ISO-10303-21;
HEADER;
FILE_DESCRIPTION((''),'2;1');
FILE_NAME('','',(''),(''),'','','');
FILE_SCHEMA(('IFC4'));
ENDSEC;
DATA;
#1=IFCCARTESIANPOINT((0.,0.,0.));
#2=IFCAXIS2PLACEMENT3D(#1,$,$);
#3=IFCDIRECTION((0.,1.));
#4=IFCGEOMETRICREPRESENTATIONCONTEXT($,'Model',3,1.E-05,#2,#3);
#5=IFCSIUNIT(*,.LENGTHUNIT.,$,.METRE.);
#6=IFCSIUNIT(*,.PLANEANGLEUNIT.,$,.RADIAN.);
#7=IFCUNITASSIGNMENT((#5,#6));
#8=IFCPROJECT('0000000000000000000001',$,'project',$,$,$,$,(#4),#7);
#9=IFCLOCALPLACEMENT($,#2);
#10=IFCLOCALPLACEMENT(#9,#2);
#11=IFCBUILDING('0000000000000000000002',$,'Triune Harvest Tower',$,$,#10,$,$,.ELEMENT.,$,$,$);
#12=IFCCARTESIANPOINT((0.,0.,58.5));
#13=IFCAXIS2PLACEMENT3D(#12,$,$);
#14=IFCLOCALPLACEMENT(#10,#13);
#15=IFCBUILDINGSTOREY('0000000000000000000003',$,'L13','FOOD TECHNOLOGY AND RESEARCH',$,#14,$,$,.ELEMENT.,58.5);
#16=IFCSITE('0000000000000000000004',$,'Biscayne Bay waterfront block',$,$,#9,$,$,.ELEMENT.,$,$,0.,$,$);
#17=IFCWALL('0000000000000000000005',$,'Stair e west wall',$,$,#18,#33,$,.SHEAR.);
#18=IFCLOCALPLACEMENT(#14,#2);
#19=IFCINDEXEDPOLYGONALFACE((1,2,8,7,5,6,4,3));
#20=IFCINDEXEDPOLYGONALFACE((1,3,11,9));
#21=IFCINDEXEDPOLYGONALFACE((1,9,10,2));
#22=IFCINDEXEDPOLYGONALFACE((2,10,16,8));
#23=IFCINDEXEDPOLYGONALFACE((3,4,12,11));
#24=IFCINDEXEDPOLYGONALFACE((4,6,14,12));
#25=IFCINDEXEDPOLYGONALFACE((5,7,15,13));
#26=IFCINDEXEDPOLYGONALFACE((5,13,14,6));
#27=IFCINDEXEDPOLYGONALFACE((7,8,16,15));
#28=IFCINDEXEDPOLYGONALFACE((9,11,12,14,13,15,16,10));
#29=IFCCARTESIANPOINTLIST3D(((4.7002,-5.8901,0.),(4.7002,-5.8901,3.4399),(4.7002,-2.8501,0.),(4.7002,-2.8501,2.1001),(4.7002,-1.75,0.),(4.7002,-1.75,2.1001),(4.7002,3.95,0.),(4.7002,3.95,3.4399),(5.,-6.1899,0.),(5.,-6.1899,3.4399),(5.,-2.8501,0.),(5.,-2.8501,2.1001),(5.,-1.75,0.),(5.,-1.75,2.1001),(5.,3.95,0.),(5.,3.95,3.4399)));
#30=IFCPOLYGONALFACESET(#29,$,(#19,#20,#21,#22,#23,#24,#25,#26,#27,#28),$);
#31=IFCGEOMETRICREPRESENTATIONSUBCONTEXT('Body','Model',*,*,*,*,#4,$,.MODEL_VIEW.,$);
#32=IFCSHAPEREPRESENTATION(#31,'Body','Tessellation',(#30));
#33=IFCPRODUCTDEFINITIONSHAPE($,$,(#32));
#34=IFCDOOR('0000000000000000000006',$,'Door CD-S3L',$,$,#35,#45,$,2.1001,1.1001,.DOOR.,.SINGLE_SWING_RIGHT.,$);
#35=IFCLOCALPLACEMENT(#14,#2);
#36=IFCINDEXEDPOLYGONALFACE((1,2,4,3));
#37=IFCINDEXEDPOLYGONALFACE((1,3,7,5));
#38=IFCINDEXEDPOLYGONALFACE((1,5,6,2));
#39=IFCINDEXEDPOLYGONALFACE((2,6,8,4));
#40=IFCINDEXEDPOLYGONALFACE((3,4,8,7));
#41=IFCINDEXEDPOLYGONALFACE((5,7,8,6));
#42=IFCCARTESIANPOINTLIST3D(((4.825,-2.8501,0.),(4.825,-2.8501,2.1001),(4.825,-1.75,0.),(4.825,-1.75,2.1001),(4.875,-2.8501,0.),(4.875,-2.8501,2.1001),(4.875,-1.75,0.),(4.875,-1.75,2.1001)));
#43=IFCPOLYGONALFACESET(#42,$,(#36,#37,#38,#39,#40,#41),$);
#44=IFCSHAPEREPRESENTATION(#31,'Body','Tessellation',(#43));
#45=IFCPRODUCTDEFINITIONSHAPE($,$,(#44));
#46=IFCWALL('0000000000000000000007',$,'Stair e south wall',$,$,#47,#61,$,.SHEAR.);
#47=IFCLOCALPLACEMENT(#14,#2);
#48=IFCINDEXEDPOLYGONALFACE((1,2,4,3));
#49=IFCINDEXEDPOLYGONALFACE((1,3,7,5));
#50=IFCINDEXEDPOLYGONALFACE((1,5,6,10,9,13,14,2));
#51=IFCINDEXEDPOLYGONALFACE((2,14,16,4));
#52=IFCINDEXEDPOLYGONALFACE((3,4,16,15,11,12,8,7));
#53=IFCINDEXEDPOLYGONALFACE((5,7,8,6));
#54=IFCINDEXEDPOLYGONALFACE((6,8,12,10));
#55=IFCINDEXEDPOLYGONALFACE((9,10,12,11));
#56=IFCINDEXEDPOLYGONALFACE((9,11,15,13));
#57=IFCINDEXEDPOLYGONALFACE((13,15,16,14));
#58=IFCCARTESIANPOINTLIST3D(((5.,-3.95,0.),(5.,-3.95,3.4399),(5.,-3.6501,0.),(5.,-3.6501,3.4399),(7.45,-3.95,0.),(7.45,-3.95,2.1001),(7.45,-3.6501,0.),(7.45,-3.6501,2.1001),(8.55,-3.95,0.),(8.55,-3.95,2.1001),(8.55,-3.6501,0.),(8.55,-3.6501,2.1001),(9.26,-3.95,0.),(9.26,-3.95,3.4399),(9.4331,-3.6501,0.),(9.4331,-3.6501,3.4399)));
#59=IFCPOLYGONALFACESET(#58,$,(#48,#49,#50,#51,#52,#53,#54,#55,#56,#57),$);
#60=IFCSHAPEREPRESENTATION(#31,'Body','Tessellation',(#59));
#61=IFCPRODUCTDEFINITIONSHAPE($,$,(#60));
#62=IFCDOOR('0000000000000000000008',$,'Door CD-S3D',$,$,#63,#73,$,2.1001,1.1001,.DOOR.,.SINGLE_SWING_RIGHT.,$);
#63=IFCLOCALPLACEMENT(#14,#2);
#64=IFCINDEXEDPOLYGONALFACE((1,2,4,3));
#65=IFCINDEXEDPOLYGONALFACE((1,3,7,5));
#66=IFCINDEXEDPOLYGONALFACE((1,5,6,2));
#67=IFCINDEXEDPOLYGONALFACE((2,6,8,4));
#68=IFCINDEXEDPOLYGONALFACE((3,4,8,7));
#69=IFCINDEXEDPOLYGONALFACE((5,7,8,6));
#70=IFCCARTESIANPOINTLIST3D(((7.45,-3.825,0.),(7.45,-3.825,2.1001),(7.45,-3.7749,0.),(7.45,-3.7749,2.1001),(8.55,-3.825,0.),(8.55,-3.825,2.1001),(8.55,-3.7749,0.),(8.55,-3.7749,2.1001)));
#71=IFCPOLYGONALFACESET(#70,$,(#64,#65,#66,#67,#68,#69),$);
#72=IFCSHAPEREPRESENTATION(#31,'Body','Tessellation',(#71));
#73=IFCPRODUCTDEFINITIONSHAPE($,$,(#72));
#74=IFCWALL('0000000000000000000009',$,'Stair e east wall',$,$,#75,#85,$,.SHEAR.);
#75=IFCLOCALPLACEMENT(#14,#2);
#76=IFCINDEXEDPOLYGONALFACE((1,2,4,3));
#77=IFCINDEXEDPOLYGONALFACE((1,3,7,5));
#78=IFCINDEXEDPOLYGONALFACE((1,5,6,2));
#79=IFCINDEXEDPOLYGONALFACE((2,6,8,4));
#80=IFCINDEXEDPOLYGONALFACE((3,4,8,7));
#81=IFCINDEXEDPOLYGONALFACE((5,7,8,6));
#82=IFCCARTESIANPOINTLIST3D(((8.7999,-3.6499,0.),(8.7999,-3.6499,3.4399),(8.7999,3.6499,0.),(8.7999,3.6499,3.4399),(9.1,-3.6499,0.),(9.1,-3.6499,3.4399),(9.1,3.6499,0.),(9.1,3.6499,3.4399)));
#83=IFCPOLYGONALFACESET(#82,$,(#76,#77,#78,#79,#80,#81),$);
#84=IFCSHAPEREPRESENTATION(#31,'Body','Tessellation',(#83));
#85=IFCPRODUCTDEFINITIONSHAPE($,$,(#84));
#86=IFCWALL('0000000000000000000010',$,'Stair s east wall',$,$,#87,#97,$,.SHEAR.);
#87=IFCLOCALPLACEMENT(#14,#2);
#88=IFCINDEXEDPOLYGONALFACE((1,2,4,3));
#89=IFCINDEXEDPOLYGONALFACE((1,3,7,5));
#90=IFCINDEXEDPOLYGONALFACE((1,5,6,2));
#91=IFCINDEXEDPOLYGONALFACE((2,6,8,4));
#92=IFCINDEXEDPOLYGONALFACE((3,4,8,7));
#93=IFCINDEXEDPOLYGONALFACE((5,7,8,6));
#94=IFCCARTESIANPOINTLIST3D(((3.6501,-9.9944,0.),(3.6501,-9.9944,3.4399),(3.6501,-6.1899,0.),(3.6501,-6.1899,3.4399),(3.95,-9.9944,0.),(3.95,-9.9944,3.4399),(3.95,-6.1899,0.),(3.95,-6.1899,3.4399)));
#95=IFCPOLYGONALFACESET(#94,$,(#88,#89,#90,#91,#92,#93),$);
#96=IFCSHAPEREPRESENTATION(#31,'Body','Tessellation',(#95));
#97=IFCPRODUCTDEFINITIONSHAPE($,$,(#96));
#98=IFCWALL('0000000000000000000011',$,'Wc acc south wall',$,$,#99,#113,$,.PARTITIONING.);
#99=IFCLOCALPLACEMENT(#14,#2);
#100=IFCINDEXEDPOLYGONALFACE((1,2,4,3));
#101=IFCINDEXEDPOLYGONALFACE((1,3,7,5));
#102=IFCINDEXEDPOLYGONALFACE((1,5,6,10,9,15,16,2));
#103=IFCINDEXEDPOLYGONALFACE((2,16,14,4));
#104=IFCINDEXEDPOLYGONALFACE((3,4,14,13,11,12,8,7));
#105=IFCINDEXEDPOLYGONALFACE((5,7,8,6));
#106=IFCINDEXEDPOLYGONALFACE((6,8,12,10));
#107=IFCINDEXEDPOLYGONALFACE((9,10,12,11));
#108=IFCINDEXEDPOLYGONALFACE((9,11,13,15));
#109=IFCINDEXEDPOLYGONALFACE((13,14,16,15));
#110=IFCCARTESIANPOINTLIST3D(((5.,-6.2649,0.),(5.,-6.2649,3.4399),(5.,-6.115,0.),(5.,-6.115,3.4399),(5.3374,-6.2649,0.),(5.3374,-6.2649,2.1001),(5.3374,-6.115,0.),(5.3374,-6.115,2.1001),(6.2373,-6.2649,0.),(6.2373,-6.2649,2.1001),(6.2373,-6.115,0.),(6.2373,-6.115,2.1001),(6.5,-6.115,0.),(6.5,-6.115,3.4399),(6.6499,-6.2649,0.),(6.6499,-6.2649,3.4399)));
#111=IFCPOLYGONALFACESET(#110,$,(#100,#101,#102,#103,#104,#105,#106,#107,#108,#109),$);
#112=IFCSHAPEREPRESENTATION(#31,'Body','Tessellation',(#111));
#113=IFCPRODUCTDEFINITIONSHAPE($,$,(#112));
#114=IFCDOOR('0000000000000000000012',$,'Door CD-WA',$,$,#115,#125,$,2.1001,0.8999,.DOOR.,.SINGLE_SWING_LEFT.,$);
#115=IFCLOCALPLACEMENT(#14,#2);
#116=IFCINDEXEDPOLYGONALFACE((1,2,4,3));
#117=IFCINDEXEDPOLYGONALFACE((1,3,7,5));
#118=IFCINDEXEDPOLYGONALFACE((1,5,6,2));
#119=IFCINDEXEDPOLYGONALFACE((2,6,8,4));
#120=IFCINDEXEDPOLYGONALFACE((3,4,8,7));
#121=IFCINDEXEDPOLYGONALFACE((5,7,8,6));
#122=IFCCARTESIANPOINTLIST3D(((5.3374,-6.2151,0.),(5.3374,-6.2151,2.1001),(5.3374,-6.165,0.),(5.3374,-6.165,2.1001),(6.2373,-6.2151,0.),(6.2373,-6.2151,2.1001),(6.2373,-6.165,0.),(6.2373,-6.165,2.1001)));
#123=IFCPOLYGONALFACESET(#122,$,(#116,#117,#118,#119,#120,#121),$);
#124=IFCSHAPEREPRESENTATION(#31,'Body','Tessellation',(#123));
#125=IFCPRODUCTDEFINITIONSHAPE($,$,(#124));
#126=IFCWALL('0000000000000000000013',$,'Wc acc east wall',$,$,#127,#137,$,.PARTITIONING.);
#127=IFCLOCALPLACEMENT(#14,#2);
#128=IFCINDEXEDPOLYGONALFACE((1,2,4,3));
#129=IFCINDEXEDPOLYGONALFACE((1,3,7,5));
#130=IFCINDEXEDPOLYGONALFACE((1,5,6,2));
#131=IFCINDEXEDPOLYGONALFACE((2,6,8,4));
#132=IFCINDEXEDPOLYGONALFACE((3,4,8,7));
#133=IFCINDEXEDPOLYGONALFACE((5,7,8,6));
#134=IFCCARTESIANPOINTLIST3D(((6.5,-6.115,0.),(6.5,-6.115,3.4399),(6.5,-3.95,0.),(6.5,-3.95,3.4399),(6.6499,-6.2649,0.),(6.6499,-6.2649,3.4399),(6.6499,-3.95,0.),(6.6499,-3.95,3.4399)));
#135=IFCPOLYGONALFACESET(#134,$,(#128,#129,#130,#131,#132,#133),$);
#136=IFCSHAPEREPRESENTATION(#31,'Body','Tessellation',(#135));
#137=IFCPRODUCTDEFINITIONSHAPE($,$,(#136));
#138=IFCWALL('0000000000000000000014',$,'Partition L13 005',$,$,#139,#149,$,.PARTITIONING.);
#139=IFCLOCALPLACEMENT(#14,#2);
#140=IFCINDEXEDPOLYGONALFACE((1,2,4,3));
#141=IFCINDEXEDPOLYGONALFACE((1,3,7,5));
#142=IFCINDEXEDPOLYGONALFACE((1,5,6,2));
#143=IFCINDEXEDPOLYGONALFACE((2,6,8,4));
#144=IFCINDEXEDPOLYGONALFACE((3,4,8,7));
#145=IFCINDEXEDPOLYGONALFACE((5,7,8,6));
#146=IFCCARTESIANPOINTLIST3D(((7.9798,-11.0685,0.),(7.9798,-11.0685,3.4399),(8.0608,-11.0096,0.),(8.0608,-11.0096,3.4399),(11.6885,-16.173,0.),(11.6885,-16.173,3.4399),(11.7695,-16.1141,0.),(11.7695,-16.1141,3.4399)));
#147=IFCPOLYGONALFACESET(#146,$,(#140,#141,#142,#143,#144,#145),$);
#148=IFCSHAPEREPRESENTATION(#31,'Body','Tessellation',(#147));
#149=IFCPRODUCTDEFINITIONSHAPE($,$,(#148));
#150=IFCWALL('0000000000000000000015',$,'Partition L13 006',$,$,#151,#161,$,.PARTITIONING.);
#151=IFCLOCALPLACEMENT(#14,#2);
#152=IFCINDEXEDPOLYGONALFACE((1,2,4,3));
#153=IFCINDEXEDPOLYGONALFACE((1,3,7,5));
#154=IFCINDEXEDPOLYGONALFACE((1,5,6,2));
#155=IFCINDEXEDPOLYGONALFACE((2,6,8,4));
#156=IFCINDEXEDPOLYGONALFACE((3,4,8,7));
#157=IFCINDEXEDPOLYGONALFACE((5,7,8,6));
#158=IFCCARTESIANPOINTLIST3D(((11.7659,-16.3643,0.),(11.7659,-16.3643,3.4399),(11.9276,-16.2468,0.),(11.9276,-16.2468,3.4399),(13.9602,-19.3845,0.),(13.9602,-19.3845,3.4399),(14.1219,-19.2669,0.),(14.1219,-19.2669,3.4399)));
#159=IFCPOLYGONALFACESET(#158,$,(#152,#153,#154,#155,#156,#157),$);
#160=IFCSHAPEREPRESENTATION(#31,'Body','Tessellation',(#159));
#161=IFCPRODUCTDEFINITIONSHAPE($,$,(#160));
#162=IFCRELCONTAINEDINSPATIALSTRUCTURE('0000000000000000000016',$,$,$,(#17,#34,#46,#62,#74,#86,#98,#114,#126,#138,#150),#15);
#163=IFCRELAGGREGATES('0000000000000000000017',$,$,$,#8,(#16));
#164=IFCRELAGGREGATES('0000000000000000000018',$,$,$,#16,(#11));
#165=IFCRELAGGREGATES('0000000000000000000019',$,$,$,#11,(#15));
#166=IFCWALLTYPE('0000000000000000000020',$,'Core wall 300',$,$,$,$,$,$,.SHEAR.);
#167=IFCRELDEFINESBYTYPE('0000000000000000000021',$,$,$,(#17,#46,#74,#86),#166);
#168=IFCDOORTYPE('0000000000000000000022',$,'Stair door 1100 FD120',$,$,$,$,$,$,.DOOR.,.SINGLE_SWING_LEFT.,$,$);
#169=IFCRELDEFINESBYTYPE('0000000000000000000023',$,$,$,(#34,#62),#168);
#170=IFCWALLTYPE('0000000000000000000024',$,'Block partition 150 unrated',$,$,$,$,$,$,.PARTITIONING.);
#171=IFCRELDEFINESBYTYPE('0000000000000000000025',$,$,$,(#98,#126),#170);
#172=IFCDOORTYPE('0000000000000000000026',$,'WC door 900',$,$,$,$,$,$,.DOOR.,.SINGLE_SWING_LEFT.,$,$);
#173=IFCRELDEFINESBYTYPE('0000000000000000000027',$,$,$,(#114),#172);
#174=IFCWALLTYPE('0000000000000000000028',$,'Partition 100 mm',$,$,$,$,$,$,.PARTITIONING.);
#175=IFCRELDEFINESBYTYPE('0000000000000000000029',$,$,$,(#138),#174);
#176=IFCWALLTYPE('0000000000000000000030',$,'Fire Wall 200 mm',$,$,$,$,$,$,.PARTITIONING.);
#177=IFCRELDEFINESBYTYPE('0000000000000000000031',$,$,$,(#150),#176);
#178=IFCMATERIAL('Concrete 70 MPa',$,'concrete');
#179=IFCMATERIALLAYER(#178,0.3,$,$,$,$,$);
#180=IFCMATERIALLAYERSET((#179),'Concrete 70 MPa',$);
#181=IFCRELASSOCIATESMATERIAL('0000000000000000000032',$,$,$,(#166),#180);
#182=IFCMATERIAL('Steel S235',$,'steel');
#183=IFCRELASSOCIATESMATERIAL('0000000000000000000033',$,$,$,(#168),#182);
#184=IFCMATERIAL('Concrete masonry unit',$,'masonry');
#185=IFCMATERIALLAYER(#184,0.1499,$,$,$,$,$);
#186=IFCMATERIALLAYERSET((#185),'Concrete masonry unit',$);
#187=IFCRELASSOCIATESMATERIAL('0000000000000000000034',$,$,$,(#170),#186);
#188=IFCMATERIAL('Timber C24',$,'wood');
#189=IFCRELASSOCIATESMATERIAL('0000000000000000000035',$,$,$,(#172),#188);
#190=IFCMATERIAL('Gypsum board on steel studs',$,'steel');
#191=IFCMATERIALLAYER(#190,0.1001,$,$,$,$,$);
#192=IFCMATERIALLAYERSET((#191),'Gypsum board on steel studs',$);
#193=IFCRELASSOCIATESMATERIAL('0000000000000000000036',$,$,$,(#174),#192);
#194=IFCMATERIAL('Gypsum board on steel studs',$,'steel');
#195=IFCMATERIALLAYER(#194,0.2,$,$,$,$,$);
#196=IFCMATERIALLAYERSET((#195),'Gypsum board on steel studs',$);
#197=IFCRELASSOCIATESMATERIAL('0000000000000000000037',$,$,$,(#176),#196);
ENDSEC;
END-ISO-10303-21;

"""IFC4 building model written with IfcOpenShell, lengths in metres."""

from ifc_helpers import new_model, si_unit, direction, frame, frame_2d, origin, place, context, subcontext, project, spatial, polyline, rectangle, outline, extrude, source, transform, mapped, material, layer, layer_set, type_object, element, fill, save


model = new_model("IFC4")

# Units and contexts
model_context = context("Model", 3, precision=1e-05, world=origin(), true_north=direction((0.0, 1.0)))
body_context = subcontext(model_context, "Body", "Model", "MODEL_VIEW")
ifc_project = project(units=[si_unit("LENGTHUNIT", "METRE"), si_unit("PLANEANGLEUNIT", "RADIAN")], contexts=[model_context])

# Site, building, storey
site_placement = place(None, origin())
site = spatial("IfcSite", under=ifc_project, at=site_placement, Name="Biscayne Bay waterfront block", CompositionType="ELEMENT", RefElevation=0.0)
building_placement = place(site_placement, origin())
building = spatial("IfcBuilding", under=site, at=building_placement, Name="Triune Harvest Tower", CompositionType="ELEMENT")
storey_placement = place(building_placement, frame((0.0, 0.0, 58.5)))
storey = spatial("IfcBuildingStorey", under=building, at=storey_placement, Name="L13", Description="FOOD TECHNOLOGY AND RESEARCH", CompositionType="ELEMENT", Elevation=58.5)

# Shared definitions
ifc_material_1 = material(Name="Concrete 70 MPa", Category="concrete")
ifc_layer_1 = layer(ifc_material_1, 0.3)
ifc_layer_set_1 = layer_set([ifc_layer_1], Name="Concrete 70 MPa")
wall_type_1 = type_object("IfcWallType", Name="Core wall 300", PredefinedType="SHEAR", material=ifc_layer_set_1)

# Walls, openings, doors
shared_shape_1 = source(origin(), body_context, "Body", "SweptSolid", [
    extrude(outline(polyline([(-0.1499, -0.1499), (9.99, -0.1499), (9.99, 0.1499), (0.1499, 0.1499), (-0.1499, -0.1499)])), origin(), (0.0, 0.0, 1.0), 3.4399),
])
wall_1_placement = place(storey_placement, frame((4.8501, -6.04, 0.0), z_axis=(0.0, 0.0, 1.0), x_axis=(0.0, 1.0, 0.0)))
wall_1 = element("IfcWall", 1, at=wall_1_placement, inside=storey, type_object=wall_type_1, Name="Stair e west wall", PredefinedType="SHEAR", context=body_context, shape_type="MappedRepresentation", body=[
    mapped(shared_shape_1, transform((0.0, 0.0, 0.0), scale=1.0)),
])
opening_1_placement = place(wall_1_placement, frame((3.1899, 0.0, 0.0)))
opening_1 = element("IfcOpeningElement", 2, at=opening_1_placement, cuts=wall_1, PredefinedType="OPENING", context=body_context, shape_type="SweptSolid", body=[
    extrude(rectangle(XDim=1.1001, YDim=2.1001, at=frame_2d((0.55, 1.05))), frame((0.0, 0.1602, 0.0), z_axis=(0.0, -1.0, 0.0), x_axis=(1.0, 0.0, 0.0)), (0.0, 0.0, 1.0), 0.3201),
])
ifc_material_2 = material(Name="Steel S235", Category="steel")
door_type_1 = type_object("IfcDoorType", Name="Stair door 1100 FD120", OperationType="SINGLE_SWING_LEFT", PredefinedType="DOOR", material=ifc_material_2)
door_1_placement = place(opening_1_placement, frame((1.1001, 0.0, 0.0), z_axis=(0.0, 0.0, 1.0), x_axis=(-1.0, 0.0, 0.0)))
door_1 = element("IfcDoor", 3, at=door_1_placement, inside=storey, type_object=door_type_1, Name="Door CD-S3L", OperationType="SINGLE_SWING_RIGHT", OverallHeight=2.1001, OverallWidth=1.1001, PredefinedType="DOOR", context=body_context, shape_type="SweptSolid", body=[
    extrude(rectangle(XDim=1.1001, YDim=2.1001, at=frame_2d((0.55, 1.05))), frame((0.0, 0.0249, 0.0), z_axis=(0.0, -1.0, 0.0), x_axis=(1.0, 0.0, 0.0)), (0.0, 0.0, 1.0), 0.05),
])
fill(opening_1, door_1)
shared_shape_2 = source(origin(), body_context, "Body", "SweptSolid", [
    extrude(outline(polyline([(0.0, -0.1499), (0.0, 0.1499), (4.4331, 0.1499), (4.26, -0.1499), (0.0, -0.1499)])), origin(), (0.0, 0.0, 1.0), 3.4399),
])
wall_2_placement = place(storey_placement, frame((5.0, -3.8, 0.0), z_axis=(0.0, 0.0, 1.0), x_axis=(1.0, 0.0, 0.0)))
wall_2 = element("IfcWall", 4, at=wall_2_placement, inside=storey, type_object=wall_type_1, Name="Stair e south wall", PredefinedType="SHEAR", context=body_context, shape_type="MappedRepresentation", body=[
    mapped(shared_shape_2, transform((0.0, 0.0, 0.0), scale=1.0)),
])
opening_2_placement = place(wall_2_placement, frame((2.45, 0.0, 0.0)))
opening_2 = element("IfcOpeningElement", 5, at=opening_2_placement, cuts=wall_2, PredefinedType="OPENING", context=body_context, shape_type="SweptSolid", body=[
    extrude(rectangle(XDim=1.1001, YDim=2.1001, at=frame_2d((0.55, 1.05))), frame((0.0, 0.1602, 0.0), z_axis=(0.0, -1.0, 0.0), x_axis=(1.0, 0.0, 0.0)), (0.0, 0.0, 1.0), 0.3201),
])
door_2_placement = place(opening_2_placement, frame((1.1001, 0.0, 0.0), z_axis=(0.0, 0.0, 1.0), x_axis=(-1.0, 0.0, 0.0)))
door_2 = element("IfcDoor", 6, at=door_2_placement, inside=storey, type_object=door_type_1, Name="Door CD-S3D", OperationType="SINGLE_SWING_RIGHT", OverallHeight=2.1001, OverallWidth=1.1001, PredefinedType="DOOR", context=body_context, shape_type="SweptSolid", body=[
    extrude(rectangle(XDim=1.1001, YDim=2.1001, at=frame_2d((0.55, 1.05))), frame((0.0, 0.0249, 0.0), z_axis=(0.0, -1.0, 0.0), x_axis=(1.0, 0.0, 0.0)), (0.0, 0.0, 1.0), 0.05),
])
fill(opening_2, door_2)

# Walls
shared_shape_3 = source(origin(), body_context, "Body", "SweptSolid", [
    extrude(rectangle(XDim=7.2998, YDim=0.3, at=frame_2d((3.6499, 0.0))), origin(), (0.0, 0.0, 1.0), 3.4399),
])
wall_3_placement = place(storey_placement, frame((8.95, -3.6499, 0.0), z_axis=(0.0, 0.0, 1.0), x_axis=(0.0, 1.0, 0.0)))
element("IfcWall", 7, at=wall_3_placement, inside=storey, type_object=wall_type_1, Name="Stair e east wall", PredefinedType="SHEAR", context=body_context, shape_type="MappedRepresentation", body=[
    mapped(shared_shape_3, transform((0.0, 0.0, 0.0), scale=1.0)),
])
shared_shape_4 = source(origin(), body_context, "Body", "SweptSolid", [
    extrude(outline(polyline([(3.8, -0.1499), (-0.0044, -0.1499), (-0.0044, 0.1499), (3.8, 0.1499), (3.8, -0.1499)])), origin(), (0.0, 0.0, 1.0), 3.4399),
])
wall_4_placement = place(storey_placement, frame((3.8, -9.99, 0.0), z_axis=(0.0, 0.0, 1.0), x_axis=(0.0, 1.0, 0.0)))
element("IfcWall", 8, at=wall_4_placement, inside=storey, type_object=wall_type_1, Name="Stair s east wall", PredefinedType="SHEAR", context=body_context, shape_type="MappedRepresentation", body=[
    mapped(shared_shape_4, transform((0.0, 0.0, 0.0), scale=1.0)),
])

# Wall, opening, door
ifc_material_3 = material(Name="Concrete masonry unit", Category="masonry")
ifc_layer_2 = layer(ifc_material_3, 0.1499)
ifc_layer_set_2 = layer_set([ifc_layer_2], Name="Concrete masonry unit")
wall_type_2 = type_object("IfcWallType", Name="Block partition 150 unrated", PredefinedType="PARTITIONING", material=ifc_layer_set_2)
shared_shape_5 = source(origin(), body_context, "Body", "SweptSolid", [
    extrude(outline(polyline([(0.0, -0.075), (1.6499, -0.075), (1.5, 0.075), (0.0, 0.075), (0.0, -0.075)])), origin(), (0.0, 0.0, 1.0), 3.4399),
])
wall_5_placement = place(storey_placement, frame((5.0, -6.1899, 0.0), z_axis=(0.0, 0.0, 1.0), x_axis=(1.0, 0.0, 0.0)))
wall_5 = element("IfcWall", 9, at=wall_5_placement, inside=storey, type_object=wall_type_2, Name="Wc acc south wall", PredefinedType="PARTITIONING", context=body_context, shape_type="MappedRepresentation", body=[
    mapped(shared_shape_5, transform((0.0, 0.0, 0.0), scale=1.0)),
])
opening_3_placement = place(wall_5_placement, frame((0.3374, 0.0, 0.0)))
opening_3 = element("IfcOpeningElement", 10, at=opening_3_placement, cuts=wall_5, PredefinedType="OPENING", context=body_context, shape_type="SweptSolid", body=[
    extrude(rectangle(XDim=0.8999, YDim=2.1001, at=frame_2d((0.45, 1.05))), frame((0.0, 0.085, 0.0), z_axis=(0.0, -1.0, 0.0), x_axis=(1.0, 0.0, 0.0)), (0.0, 0.0, 1.0), 0.1699),
])
ifc_material_4 = material(Name="Timber C24", Category="wood")
door_type_2 = type_object("IfcDoorType", Name="WC door 900", OperationType="SINGLE_SWING_LEFT", PredefinedType="DOOR", material=ifc_material_4)
door_3_placement = place(opening_3_placement, origin())
door_3 = element("IfcDoor", 11, at=door_3_placement, inside=storey, type_object=door_type_2, Name="Door CD-WA", OperationType="SINGLE_SWING_LEFT", OverallHeight=2.1001, OverallWidth=0.8999, PredefinedType="DOOR", context=body_context, shape_type="SweptSolid", body=[
    extrude(rectangle(XDim=0.8999, YDim=2.1001, at=frame_2d((0.45, 1.05))), frame((0.0, 0.0249, 0.0), z_axis=(0.0, -1.0, 0.0), x_axis=(1.0, 0.0, 0.0)), (0.0, 0.0, 1.0), 0.05),
])
fill(opening_3, door_3)

# Walls
shared_shape_6 = source(origin(), body_context, "Body", "SweptSolid", [
    extrude(outline(polyline([(-0.075, -0.075), (2.24, -0.075), (2.24, 0.075), (0.075, 0.075), (-0.075, -0.075)])), origin(), (0.0, 0.0, 1.0), 3.4399),
])
wall_6_placement = place(storey_placement, frame((6.575, -6.1899, 0.0), z_axis=(0.0, 0.0, 1.0), x_axis=(0.0, 1.0, 0.0)))
element("IfcWall", 12, at=wall_6_placement, inside=storey, type_object=wall_type_2, Name="Wc acc east wall", PredefinedType="PARTITIONING", context=body_context, shape_type="MappedRepresentation", body=[
    mapped(shared_shape_6, transform((0.0, 0.0, 0.0), scale=1.0)),
])
ifc_material_5 = material(Name="Gypsum board on steel studs", Category="steel")
ifc_layer_3 = layer(ifc_material_5, 0.1001)
ifc_layer_set_3 = layer_set([ifc_layer_3], Name="Gypsum board on steel studs")
wall_type_3 = type_object("IfcWallType", Name="Partition 100 mm", PredefinedType="PARTITIONING", material=ifc_layer_set_3)
shared_shape_7 = source(origin(), body_context, "Body", "SweptSolid", [
    extrude(rectangle(XDim=6.3096, YDim=0.1001, at=frame_2d((3.1548, 0.0))), origin(), (0.0, 0.0, 1.0), 3.4399),
])
wall_7_placement = place(storey_placement, frame((8.0203, -11.0391, 0.0), z_axis=(0.0, 0.0, 1.0), x_axis=(0.587797, -0.809009, 0.0)))
element("IfcWall", 13, at=wall_7_placement, inside=storey, type_object=wall_type_3, Name="Partition L13 005", PredefinedType="PARTITIONING", context=body_context, shape_type="MappedRepresentation", body=[
    mapped(shared_shape_7, transform((0.0, 0.0, 0.0), scale=1.0)),
])
ifc_material_6 = material(Name="Gypsum board on steel studs", Category="steel")
ifc_layer_4 = layer(ifc_material_6, 0.2)
ifc_layer_set_4 = layer_set([ifc_layer_4], Name="Gypsum board on steel studs")
wall_type_4 = type_object("IfcWallType", Name="Fire Wall 200 mm", PredefinedType="PARTITIONING", material=ifc_layer_set_4)
shared_shape_8 = source(origin(), body_context, "Body", "SweptSolid", [
    extrude(rectangle(XDim=3.7332, YDim=0.2, at=frame_2d((1.8667, 0.0))), origin(), (0.0, 0.0, 1.0), 3.4399),
])
wall_8_placement = place(storey_placement, frame((11.8467, -16.3054, 0.0), z_axis=(0.0, 0.0, 1.0), x_axis=(0.587783, -0.809019, 0.0)))
element("IfcWall", 14, at=wall_8_placement, inside=storey, type_object=wall_type_4, Name="Partition L13 006", PredefinedType="PARTITIONING", context=body_context, shape_type="MappedRepresentation", body=[
    mapped(shared_shape_8, transform((0.0, 0.0, 0.0), scale=1.0)),
])

save(model, "model.ifc")
